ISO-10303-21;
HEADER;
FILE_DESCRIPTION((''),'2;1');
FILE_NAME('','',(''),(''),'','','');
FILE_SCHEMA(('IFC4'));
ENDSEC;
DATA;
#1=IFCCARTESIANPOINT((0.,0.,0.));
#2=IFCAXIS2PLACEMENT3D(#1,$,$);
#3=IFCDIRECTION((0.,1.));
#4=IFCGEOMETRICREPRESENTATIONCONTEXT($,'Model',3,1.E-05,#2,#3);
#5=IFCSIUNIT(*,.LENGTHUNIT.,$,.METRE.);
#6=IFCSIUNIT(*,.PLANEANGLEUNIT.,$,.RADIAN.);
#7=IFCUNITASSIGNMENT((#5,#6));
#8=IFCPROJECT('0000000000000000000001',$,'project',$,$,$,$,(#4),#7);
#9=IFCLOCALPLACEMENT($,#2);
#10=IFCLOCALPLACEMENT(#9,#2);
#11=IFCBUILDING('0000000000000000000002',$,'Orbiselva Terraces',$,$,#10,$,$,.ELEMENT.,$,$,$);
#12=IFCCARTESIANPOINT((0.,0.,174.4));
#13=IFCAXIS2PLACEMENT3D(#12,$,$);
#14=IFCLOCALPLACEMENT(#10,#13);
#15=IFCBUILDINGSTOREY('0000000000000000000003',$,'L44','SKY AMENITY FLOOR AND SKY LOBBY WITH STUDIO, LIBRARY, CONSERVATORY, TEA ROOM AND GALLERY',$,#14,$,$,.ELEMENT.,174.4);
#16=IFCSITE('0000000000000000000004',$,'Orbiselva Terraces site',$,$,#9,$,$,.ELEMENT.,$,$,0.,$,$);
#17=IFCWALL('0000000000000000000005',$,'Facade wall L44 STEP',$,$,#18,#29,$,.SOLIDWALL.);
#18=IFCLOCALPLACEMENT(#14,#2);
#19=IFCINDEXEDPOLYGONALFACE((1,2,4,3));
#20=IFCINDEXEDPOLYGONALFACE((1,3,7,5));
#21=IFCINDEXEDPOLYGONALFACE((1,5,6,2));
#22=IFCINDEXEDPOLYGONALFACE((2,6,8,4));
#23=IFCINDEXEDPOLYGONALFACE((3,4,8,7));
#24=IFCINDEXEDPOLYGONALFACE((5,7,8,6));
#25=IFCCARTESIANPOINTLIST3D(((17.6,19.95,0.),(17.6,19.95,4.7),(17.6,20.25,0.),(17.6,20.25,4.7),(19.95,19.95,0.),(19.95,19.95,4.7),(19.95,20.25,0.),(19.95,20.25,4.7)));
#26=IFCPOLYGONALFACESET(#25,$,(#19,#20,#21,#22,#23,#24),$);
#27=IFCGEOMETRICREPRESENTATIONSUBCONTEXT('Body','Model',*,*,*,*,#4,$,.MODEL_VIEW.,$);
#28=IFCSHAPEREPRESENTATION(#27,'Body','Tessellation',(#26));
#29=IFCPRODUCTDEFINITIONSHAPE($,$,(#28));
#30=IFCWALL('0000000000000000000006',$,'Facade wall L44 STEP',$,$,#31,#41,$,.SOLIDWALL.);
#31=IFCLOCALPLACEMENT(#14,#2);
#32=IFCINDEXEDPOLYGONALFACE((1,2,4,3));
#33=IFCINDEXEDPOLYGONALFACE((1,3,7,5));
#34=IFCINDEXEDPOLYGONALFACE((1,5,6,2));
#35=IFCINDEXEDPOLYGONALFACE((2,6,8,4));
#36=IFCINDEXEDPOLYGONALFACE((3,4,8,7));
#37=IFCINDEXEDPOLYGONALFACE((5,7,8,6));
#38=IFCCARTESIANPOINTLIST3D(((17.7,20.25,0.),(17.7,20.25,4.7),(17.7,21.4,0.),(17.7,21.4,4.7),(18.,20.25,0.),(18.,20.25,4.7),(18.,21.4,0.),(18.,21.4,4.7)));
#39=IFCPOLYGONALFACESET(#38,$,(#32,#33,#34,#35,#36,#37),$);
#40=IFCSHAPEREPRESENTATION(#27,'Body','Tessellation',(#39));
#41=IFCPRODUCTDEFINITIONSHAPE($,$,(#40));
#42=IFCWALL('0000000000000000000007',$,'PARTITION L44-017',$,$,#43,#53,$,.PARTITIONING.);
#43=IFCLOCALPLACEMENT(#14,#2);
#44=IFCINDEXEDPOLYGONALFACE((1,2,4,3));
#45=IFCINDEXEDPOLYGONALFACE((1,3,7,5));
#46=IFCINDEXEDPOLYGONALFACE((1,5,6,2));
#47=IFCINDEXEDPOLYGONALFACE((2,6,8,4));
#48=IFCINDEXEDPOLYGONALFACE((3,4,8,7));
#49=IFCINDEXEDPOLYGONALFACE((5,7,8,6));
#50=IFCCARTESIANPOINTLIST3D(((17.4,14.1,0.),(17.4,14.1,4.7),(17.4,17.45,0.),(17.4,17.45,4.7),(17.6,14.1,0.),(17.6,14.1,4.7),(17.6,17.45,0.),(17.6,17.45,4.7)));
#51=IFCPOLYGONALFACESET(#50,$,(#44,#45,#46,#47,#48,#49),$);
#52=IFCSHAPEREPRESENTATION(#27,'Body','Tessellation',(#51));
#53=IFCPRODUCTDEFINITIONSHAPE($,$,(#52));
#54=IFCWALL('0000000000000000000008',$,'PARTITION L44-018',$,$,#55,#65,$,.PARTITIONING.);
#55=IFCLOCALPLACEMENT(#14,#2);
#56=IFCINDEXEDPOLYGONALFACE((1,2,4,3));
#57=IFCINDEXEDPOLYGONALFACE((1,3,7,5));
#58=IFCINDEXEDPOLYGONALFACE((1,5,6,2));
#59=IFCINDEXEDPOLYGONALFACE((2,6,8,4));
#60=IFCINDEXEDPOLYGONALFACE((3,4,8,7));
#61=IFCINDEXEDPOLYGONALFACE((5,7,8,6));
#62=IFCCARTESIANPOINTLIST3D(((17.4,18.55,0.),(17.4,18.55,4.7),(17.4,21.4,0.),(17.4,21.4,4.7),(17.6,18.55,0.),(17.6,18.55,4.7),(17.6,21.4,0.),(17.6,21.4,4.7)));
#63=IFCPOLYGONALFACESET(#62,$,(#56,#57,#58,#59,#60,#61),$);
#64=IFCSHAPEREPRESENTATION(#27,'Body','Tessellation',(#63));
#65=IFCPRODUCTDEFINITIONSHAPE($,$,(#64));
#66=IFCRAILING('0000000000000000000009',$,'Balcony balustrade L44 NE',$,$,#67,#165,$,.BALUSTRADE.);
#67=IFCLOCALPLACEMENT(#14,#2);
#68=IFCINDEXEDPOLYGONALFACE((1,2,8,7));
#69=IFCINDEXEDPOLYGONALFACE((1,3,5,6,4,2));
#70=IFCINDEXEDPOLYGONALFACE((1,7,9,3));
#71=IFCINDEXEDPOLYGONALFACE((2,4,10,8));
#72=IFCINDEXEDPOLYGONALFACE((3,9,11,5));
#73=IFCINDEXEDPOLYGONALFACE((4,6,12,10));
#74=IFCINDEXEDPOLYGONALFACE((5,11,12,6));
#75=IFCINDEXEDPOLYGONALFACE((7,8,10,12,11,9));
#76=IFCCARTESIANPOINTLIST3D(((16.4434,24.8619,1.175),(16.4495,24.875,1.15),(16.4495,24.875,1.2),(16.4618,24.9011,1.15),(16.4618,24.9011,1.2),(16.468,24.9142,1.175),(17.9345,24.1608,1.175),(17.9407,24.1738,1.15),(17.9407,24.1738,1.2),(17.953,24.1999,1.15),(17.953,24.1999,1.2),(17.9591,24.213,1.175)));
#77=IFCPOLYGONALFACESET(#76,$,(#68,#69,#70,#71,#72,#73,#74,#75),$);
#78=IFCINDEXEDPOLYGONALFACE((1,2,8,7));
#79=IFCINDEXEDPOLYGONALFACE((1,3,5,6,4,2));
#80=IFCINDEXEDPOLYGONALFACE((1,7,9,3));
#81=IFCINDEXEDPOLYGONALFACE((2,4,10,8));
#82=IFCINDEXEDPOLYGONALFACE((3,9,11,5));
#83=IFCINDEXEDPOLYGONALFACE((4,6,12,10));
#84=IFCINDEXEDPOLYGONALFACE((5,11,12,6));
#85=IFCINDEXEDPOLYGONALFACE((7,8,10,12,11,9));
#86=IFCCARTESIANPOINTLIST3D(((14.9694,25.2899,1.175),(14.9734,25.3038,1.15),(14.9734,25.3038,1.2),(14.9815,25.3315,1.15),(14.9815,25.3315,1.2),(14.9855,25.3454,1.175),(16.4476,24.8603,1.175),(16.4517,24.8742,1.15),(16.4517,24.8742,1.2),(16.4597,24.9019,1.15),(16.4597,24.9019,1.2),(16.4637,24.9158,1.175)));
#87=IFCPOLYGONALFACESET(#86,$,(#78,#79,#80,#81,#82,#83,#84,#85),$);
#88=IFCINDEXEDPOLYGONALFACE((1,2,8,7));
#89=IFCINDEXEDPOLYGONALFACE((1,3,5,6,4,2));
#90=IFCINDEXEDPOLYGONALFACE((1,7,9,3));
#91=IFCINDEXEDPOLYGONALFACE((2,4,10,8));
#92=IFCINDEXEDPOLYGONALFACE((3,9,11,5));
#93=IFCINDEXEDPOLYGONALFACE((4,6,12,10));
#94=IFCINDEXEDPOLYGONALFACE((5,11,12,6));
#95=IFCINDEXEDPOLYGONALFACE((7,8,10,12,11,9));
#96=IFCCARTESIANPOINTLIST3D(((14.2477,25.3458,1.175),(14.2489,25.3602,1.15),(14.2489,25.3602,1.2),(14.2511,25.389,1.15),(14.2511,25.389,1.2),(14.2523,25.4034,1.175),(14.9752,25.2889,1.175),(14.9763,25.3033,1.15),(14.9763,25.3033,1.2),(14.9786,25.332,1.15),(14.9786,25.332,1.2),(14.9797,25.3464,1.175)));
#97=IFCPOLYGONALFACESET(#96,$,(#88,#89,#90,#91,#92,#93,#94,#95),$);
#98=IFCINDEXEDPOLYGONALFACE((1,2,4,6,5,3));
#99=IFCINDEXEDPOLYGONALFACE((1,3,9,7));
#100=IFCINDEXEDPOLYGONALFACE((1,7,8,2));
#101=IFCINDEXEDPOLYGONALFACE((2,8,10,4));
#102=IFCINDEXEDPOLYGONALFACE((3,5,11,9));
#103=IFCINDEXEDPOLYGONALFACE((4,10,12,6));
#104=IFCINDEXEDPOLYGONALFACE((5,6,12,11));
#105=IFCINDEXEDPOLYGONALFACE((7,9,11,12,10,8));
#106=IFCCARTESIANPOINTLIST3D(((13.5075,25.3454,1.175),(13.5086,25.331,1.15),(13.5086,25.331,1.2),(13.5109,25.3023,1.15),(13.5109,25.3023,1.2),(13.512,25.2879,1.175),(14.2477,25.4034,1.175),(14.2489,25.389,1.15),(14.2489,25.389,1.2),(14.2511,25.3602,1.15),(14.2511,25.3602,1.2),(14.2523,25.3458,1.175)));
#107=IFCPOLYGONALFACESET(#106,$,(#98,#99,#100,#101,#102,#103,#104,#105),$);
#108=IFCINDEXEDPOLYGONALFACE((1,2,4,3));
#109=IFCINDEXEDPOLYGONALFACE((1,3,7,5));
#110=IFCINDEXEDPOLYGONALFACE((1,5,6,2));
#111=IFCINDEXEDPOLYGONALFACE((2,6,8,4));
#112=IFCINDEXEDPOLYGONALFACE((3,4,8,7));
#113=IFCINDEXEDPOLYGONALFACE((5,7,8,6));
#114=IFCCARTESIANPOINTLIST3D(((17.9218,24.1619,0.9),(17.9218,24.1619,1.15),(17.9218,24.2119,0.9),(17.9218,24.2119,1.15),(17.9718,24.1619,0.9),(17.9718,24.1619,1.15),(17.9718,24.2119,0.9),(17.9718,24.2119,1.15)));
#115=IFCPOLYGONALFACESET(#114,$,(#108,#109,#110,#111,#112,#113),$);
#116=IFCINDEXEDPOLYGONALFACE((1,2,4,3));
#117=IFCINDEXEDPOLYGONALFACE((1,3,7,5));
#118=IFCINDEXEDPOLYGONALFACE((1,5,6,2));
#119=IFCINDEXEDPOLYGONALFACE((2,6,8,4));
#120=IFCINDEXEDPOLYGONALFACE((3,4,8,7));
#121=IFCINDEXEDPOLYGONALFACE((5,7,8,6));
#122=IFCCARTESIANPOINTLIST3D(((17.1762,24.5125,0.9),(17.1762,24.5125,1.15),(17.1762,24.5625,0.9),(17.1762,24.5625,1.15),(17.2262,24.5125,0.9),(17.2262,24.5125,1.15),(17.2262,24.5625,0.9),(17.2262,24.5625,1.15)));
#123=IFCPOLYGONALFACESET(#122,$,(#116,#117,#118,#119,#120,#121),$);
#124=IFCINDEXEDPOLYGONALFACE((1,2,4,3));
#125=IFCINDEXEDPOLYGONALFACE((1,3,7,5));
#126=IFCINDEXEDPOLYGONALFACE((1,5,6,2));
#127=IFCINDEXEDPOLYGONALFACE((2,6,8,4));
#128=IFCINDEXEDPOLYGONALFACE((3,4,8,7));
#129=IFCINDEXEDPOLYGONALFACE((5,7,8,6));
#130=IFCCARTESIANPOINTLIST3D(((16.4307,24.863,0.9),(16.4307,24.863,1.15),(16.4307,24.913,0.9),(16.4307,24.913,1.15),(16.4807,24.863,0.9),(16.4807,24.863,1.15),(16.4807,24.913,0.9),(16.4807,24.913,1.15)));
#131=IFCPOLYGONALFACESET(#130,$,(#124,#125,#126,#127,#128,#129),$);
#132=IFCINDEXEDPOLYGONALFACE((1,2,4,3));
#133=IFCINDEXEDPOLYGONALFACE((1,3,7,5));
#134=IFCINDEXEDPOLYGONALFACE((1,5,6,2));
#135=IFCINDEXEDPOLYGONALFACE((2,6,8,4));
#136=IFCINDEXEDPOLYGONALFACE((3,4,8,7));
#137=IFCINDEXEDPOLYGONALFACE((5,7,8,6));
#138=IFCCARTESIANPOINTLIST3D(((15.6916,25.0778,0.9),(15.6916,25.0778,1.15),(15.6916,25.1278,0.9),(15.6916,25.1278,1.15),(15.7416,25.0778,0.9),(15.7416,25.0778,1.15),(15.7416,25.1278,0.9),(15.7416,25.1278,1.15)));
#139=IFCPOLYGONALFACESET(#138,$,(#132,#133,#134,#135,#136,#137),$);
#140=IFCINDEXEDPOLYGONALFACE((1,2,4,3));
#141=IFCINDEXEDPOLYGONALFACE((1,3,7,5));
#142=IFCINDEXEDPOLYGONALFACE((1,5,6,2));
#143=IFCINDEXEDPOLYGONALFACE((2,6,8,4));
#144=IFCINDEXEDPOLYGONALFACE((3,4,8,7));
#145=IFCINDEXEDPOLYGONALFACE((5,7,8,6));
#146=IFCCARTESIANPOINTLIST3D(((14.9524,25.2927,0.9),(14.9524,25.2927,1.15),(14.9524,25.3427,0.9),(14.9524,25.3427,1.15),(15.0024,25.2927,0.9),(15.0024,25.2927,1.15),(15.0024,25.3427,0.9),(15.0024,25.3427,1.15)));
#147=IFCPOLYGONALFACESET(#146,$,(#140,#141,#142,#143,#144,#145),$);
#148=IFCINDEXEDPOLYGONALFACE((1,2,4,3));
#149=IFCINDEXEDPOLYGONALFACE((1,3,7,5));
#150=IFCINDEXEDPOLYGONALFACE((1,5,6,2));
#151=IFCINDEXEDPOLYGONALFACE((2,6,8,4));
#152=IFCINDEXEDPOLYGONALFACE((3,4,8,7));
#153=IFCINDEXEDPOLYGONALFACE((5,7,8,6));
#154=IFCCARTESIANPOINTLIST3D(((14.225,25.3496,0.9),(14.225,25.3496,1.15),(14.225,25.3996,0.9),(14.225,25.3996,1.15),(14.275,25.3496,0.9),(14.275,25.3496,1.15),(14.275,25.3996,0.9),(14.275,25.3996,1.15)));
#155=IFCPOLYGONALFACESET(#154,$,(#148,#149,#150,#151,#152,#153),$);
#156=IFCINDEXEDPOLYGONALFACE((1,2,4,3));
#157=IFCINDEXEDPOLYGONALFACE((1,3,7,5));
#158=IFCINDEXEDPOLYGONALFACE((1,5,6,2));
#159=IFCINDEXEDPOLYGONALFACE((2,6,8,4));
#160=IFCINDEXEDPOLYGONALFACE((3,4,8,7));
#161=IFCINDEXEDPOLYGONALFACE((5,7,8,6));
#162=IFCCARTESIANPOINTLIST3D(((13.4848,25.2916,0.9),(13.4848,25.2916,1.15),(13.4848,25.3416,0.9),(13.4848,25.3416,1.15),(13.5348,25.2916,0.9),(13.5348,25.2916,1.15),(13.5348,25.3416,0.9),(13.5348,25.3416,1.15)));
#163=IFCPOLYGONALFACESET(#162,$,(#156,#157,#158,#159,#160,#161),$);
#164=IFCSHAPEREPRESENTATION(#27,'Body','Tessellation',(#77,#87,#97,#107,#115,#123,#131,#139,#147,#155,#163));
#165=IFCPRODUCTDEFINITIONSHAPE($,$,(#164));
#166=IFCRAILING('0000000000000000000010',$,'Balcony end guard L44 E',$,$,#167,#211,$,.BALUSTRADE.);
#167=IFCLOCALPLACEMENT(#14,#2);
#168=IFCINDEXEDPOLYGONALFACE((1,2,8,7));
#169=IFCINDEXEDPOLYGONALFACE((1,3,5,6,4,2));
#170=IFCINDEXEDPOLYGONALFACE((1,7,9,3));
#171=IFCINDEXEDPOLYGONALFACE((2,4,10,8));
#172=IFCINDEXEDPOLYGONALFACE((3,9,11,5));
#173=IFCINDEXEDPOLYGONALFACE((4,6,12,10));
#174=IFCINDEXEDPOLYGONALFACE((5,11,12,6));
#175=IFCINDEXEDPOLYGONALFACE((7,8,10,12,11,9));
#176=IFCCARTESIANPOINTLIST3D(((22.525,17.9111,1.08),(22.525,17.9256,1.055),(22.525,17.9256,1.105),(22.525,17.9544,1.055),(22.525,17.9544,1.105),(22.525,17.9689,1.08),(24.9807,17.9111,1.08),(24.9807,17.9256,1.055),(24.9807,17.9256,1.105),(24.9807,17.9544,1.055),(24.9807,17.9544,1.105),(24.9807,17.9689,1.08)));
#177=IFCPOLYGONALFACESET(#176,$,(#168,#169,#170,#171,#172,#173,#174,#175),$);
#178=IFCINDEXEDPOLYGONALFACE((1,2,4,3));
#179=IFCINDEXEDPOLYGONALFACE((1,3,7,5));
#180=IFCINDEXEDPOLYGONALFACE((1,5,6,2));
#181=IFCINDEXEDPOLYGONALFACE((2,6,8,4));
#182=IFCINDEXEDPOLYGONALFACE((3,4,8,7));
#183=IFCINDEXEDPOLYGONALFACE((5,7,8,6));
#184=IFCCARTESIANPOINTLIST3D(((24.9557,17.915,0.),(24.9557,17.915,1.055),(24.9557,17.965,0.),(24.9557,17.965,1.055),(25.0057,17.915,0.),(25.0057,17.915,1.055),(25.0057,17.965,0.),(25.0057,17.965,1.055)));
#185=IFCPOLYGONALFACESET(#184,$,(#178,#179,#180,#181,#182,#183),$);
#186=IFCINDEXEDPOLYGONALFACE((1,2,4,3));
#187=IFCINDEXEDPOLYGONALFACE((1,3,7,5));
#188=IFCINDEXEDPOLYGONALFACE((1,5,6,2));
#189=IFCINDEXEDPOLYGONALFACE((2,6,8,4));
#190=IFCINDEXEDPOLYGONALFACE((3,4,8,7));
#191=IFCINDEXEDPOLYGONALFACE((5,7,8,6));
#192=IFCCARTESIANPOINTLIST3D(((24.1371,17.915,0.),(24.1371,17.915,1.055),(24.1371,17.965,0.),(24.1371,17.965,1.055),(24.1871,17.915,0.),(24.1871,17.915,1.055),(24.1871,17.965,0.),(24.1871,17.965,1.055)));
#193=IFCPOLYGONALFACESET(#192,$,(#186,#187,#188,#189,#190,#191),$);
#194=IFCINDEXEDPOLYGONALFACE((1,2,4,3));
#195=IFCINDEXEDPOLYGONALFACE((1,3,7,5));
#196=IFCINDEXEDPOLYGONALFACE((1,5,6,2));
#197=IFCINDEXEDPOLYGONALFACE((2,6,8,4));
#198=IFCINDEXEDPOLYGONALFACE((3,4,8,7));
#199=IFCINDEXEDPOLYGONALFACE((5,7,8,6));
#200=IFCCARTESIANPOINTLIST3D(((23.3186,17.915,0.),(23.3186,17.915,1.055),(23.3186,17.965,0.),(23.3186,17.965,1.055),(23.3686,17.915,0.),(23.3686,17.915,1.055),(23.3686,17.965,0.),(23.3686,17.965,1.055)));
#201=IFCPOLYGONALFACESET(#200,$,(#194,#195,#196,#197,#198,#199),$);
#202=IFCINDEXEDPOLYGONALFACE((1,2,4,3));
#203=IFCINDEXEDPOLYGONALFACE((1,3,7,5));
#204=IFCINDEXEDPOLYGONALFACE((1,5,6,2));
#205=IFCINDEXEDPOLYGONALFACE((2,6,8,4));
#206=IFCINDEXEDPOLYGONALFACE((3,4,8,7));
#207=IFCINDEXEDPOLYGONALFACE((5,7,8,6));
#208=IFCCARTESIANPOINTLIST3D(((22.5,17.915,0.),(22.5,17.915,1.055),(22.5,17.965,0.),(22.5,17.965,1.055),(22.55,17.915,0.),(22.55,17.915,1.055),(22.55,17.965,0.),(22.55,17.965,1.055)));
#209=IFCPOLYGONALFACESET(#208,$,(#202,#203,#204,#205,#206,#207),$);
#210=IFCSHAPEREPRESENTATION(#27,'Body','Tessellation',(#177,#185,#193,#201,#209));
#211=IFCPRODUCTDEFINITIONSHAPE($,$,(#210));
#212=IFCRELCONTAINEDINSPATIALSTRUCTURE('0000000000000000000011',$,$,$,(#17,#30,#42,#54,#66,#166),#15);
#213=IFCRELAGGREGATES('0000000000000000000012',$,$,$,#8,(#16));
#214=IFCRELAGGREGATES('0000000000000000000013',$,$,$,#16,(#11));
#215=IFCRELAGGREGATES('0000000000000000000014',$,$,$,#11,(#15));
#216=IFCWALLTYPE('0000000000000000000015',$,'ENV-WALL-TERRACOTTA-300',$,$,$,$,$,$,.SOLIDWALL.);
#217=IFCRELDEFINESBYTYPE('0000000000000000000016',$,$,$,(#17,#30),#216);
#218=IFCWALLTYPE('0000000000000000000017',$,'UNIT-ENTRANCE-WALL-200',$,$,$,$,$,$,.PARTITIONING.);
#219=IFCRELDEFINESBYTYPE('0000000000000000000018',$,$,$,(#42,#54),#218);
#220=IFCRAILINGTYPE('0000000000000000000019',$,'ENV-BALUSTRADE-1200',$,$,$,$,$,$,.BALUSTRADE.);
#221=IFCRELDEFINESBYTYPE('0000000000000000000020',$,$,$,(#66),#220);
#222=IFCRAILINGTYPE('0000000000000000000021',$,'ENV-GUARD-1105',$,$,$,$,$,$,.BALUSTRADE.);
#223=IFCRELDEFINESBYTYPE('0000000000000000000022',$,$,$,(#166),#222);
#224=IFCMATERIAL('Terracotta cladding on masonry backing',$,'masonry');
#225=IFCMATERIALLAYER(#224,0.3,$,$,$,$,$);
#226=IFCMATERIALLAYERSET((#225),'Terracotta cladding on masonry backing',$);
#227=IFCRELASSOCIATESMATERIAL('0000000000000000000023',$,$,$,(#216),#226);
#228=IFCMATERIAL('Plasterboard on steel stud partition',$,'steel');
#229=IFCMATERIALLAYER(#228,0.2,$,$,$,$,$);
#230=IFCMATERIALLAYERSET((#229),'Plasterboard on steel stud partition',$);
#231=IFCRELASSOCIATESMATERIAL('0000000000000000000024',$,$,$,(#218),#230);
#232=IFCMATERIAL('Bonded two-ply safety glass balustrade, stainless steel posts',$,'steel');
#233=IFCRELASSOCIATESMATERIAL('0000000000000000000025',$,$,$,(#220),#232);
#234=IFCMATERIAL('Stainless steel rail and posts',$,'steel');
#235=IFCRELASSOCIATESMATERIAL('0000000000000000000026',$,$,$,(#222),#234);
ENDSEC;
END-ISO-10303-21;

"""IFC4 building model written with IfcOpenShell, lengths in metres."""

from ifc_helpers import new_model, si_unit, direction, frame, frame_2d, origin, origin_2d, place, context, subcontext, project, spatial, polyline, rectangle, outline, extrude, material, layer, layer_set, type_object, element, save


model = new_model("IFC4")

# Units and contexts
model_context = context("Model", 3, precision=1e-05, world=origin(), true_north=direction((0.0, 1.0)))
body_context = subcontext(model_context, "Body", "Model", "MODEL_VIEW")
ifc_project = project(units=[si_unit("LENGTHUNIT", "METRE"), si_unit("PLANEANGLEUNIT", "RADIAN")], contexts=[model_context])

# Site, building, storey
site_placement = place(None, origin())
site = spatial("IfcSite", under=ifc_project, at=site_placement, Name="Orbiselva Terraces site", CompositionType="ELEMENT", RefElevation=0.0)
building_placement = place(site_placement, origin())
building = spatial("IfcBuilding", under=site, at=building_placement, Name="Orbiselva Terraces", CompositionType="ELEMENT")
storey_placement = place(building_placement, frame((0.0, 0.0, 174.4)))
storey = spatial("IfcBuildingStorey", under=building, at=storey_placement, Name="L44", Description="SKY AMENITY FLOOR AND SKY LOBBY WITH STUDIO, LIBRARY, CONSERVATORY, TEA ROOM AND GALLERY", CompositionType="ELEMENT", Elevation=174.4)

# Walls
ifc_material_1 = material(Name="Terracotta cladding on masonry backing", Category="masonry")
ifc_layer_1 = layer(ifc_material_1, 0.3)
ifc_layer_set_1 = layer_set([ifc_layer_1], Name="Terracotta cladding on masonry backing")
wall_type_1 = type_object("IfcWallType", Name="ENV-WALL-TERRACOTTA-300", PredefinedType="SOLIDWALL", material=ifc_layer_set_1)
wall_1_placement = place(storey_placement, frame((17.6, 20.1, 0.0), z_axis=(0.0, 0.0, 1.0), x_axis=(1.0, 0.0, 0.0)))
element("IfcWall", 1, at=wall_1_placement, inside=storey, type_object=wall_type_1, Name="Facade wall L44 STEP", PredefinedType="SOLIDWALL", context=body_context, shape_type="SweptSolid", body=[
    extrude(rectangle(XDim=2.35, YDim=0.3, at=frame_2d((1.175, 0.0))), origin(), (0.0, 0.0, 1.0), 4.7),
])
wall_2_placement = place(storey_placement, frame((17.85, 21.4, 0.0), z_axis=(0.0, 0.0, 1.0), x_axis=(0.0, -1.0, 0.0)))
element("IfcWall", 2, at=wall_2_placement, inside=storey, type_object=wall_type_1, Name="Facade wall L44 STEP", PredefinedType="SOLIDWALL", context=body_context, shape_type="SweptSolid", body=[
    extrude(rectangle(XDim=1.15, YDim=0.3, at=frame_2d((0.575, 0.0))), origin(), (0.0, 0.0, 1.0), 4.7),
])
ifc_material_2 = material(Name="Plasterboard on steel stud partition", Category="steel")
ifc_layer_2 = layer(ifc_material_2, 0.2)
ifc_layer_set_2 = layer_set([ifc_layer_2], Name="Plasterboard on steel stud partition")
wall_type_2 = type_object("IfcWallType", Name="UNIT-ENTRANCE-WALL-200", PredefinedType="PARTITIONING", material=ifc_layer_set_2)
wall_3_placement = place(storey_placement, frame((17.5, 14.1, 0.0), z_axis=(0.0, 0.0, 1.0), x_axis=(0.0, 1.0, 0.0)))
element("IfcWall", 3, at=wall_3_placement, inside=storey, type_object=wall_type_2, Name="PARTITION L44-017", PredefinedType="PARTITIONING", context=body_context, shape_type="SweptSolid", body=[
    extrude(rectangle(XDim=3.35, YDim=0.2, at=frame_2d((1.675, 0.0))), origin(), (0.0, 0.0, 1.0), 4.7),
])
wall_4_placement = place(storey_placement, frame((17.5, 18.55, 0.0), z_axis=(0.0, 0.0, 1.0), x_axis=(0.0, 1.0, 0.0)))
element("IfcWall", 4, at=wall_4_placement, inside=storey, type_object=wall_type_2, Name="PARTITION L44-018", PredefinedType="PARTITIONING", context=body_context, shape_type="SweptSolid", body=[
    extrude(rectangle(XDim=2.85, YDim=0.2, at=frame_2d((1.425, 0.0))), origin(), (0.0, 0.0, 1.0), 4.7),
])

# Railings
ifc_material_3 = material(Name="Bonded two-ply safety glass balustrade, stainless steel posts", Category="steel")
railing_type_1 = type_object("IfcRailingType", Name="ENV-BALUSTRADE-1200", PredefinedType="BALUSTRADE", material=ifc_material_3)
railing_1_placement = place(storey_placement, frame((17.9468, 24.1869, 0.9)))
element("IfcRailing", 5, at=railing_1_placement, inside=storey, type_object=railing_type_1, Name="Balcony balustrade L44 NE", PredefinedType="BALUSTRADE", context=body_context, shape_type="SweptSolid", body=[
    extrude(outline(polyline([(0.0289, 0.0), (0.0144, 0.025), (-0.0144, 0.025), (-0.0289, 0.0), (-0.0144, -0.025), (0.0144, -0.025), (0.0289, 0.0)])), frame((0.0, 0.0, 0.275), z_axis=(-0.904944, 0.42553, 0.0), x_axis=(-0.42553, -0.904944, 0.0)), (0.0, 0.0, 1.0), 1.6477),
    extrude(outline(polyline([(0.0289, 0.0), (0.0144, 0.025), (-0.0144, 0.025), (-0.0289, 0.0), (-0.0144, -0.025), (0.0144, -0.025), (0.0289, 0.0)])), frame((-1.4911, 0.7012, 0.275), z_axis=(-0.96027, 0.279072, 0.0), x_axis=(-0.279072, -0.96027, 0.0)), (0.0, 0.0, 1.0), 1.5394),
    extrude(outline(polyline([(0.0289, 0.0), (0.0144, 0.025), (-0.0144, 0.025), (-0.0289, 0.0), (-0.0144, -0.025), (0.0144, -0.025), (0.0289, 0.0)])), frame((-2.9694, 1.1308, 0.275), z_axis=(-0.996948, 0.07807, 0.0), x_axis=(-0.07807, -0.996948, 0.0)), (0.0, 0.0, 1.0), 0.7297),
    extrude(outline(polyline([(0.0289, 0.0), (0.0144, 0.025), (-0.0144, 0.025), (-0.0289, 0.0), (-0.0144, -0.025), (0.0144, -0.025), (0.0289, 0.0)])), frame((-3.6968, 1.1877, 0.275), z_axis=(-0.996948, -0.078069, 0.0), x_axis=(0.078069, -0.996948, 0.0)), (0.0, 0.0, 1.0), 0.7425),
    extrude(rectangle(XDim=0.05, YDim=0.05, at=origin_2d()), origin(), (0.0, 0.0, 1.0), 0.25),
    extrude(rectangle(XDim=0.05, YDim=0.05, at=origin_2d()), frame((-0.7456, 0.3506, 0.0)), (0.0, 0.0, 1.0), 0.25),
    extrude(rectangle(XDim=0.05, YDim=0.05, at=origin_2d()), frame((-1.4911, 0.7012, 0.0)), (0.0, 0.0, 1.0), 0.25),
    extrude(rectangle(XDim=0.05, YDim=0.05, at=origin_2d()), frame((-2.2302, 0.916, 0.0)), (0.0, 0.0, 1.0), 0.25),
    extrude(rectangle(XDim=0.05, YDim=0.05, at=origin_2d()), frame((-2.9694, 1.1308, 0.0)), (0.0, 0.0, 1.0), 0.25),
    extrude(rectangle(XDim=0.05, YDim=0.05, at=origin_2d()), frame((-3.6968, 1.1877, 0.0)), (0.0, 0.0, 1.0), 0.25),
    extrude(rectangle(XDim=0.05, YDim=0.05, at=origin_2d()), frame((-4.4371, 1.1298, 0.0)), (0.0, 0.0, 1.0), 0.25),
])
ifc_material_4 = material(Name="Stainless steel rail and posts", Category="steel")
railing_type_2 = type_object("IfcRailingType", Name="ENV-GUARD-1105", PredefinedType="BALUSTRADE", material=ifc_material_4)
railing_2_placement = place(storey_placement, frame((24.9807, 17.94, 0.0)))
element("IfcRailing", 6, at=railing_2_placement, inside=storey, type_object=railing_type_2, Name="Balcony end guard L44 E", PredefinedType="BALUSTRADE", context=body_context, shape_type="SweptSolid", body=[
    extrude(outline(polyline([(0.0289, 0.0), (0.0144, 0.025), (-0.0144, 0.025), (-0.0289, 0.0), (-0.0144, -0.025), (0.0144, -0.025), (0.0289, 0.0)])), frame((0.0, 0.0, 1.08), z_axis=(-1.0, 0.0, 0.0), x_axis=(0.0, -1.0, 0.0)), (0.0, 0.0, 1.0), 2.4557),
    extrude(rectangle(XDim=0.05, YDim=0.05, at=origin_2d()), origin(), (0.0, 0.0, 1.0), 1.055),
    extrude(rectangle(XDim=0.05, YDim=0.05, at=origin_2d()), frame((-0.8186, 0.0, 0.0)), (0.0, 0.0, 1.0), 1.055),
    extrude(rectangle(XDim=0.05, YDim=0.05, at=origin_2d()), frame((-1.6371, 0.0, 0.0)), (0.0, 0.0, 1.0), 1.055),
    extrude(rectangle(XDim=0.05, YDim=0.05, at=origin_2d()), frame((-2.4557, 0.0, 0.0)), (0.0, 0.0, 1.0), 1.055),
])

save(model, "model.ifc")
